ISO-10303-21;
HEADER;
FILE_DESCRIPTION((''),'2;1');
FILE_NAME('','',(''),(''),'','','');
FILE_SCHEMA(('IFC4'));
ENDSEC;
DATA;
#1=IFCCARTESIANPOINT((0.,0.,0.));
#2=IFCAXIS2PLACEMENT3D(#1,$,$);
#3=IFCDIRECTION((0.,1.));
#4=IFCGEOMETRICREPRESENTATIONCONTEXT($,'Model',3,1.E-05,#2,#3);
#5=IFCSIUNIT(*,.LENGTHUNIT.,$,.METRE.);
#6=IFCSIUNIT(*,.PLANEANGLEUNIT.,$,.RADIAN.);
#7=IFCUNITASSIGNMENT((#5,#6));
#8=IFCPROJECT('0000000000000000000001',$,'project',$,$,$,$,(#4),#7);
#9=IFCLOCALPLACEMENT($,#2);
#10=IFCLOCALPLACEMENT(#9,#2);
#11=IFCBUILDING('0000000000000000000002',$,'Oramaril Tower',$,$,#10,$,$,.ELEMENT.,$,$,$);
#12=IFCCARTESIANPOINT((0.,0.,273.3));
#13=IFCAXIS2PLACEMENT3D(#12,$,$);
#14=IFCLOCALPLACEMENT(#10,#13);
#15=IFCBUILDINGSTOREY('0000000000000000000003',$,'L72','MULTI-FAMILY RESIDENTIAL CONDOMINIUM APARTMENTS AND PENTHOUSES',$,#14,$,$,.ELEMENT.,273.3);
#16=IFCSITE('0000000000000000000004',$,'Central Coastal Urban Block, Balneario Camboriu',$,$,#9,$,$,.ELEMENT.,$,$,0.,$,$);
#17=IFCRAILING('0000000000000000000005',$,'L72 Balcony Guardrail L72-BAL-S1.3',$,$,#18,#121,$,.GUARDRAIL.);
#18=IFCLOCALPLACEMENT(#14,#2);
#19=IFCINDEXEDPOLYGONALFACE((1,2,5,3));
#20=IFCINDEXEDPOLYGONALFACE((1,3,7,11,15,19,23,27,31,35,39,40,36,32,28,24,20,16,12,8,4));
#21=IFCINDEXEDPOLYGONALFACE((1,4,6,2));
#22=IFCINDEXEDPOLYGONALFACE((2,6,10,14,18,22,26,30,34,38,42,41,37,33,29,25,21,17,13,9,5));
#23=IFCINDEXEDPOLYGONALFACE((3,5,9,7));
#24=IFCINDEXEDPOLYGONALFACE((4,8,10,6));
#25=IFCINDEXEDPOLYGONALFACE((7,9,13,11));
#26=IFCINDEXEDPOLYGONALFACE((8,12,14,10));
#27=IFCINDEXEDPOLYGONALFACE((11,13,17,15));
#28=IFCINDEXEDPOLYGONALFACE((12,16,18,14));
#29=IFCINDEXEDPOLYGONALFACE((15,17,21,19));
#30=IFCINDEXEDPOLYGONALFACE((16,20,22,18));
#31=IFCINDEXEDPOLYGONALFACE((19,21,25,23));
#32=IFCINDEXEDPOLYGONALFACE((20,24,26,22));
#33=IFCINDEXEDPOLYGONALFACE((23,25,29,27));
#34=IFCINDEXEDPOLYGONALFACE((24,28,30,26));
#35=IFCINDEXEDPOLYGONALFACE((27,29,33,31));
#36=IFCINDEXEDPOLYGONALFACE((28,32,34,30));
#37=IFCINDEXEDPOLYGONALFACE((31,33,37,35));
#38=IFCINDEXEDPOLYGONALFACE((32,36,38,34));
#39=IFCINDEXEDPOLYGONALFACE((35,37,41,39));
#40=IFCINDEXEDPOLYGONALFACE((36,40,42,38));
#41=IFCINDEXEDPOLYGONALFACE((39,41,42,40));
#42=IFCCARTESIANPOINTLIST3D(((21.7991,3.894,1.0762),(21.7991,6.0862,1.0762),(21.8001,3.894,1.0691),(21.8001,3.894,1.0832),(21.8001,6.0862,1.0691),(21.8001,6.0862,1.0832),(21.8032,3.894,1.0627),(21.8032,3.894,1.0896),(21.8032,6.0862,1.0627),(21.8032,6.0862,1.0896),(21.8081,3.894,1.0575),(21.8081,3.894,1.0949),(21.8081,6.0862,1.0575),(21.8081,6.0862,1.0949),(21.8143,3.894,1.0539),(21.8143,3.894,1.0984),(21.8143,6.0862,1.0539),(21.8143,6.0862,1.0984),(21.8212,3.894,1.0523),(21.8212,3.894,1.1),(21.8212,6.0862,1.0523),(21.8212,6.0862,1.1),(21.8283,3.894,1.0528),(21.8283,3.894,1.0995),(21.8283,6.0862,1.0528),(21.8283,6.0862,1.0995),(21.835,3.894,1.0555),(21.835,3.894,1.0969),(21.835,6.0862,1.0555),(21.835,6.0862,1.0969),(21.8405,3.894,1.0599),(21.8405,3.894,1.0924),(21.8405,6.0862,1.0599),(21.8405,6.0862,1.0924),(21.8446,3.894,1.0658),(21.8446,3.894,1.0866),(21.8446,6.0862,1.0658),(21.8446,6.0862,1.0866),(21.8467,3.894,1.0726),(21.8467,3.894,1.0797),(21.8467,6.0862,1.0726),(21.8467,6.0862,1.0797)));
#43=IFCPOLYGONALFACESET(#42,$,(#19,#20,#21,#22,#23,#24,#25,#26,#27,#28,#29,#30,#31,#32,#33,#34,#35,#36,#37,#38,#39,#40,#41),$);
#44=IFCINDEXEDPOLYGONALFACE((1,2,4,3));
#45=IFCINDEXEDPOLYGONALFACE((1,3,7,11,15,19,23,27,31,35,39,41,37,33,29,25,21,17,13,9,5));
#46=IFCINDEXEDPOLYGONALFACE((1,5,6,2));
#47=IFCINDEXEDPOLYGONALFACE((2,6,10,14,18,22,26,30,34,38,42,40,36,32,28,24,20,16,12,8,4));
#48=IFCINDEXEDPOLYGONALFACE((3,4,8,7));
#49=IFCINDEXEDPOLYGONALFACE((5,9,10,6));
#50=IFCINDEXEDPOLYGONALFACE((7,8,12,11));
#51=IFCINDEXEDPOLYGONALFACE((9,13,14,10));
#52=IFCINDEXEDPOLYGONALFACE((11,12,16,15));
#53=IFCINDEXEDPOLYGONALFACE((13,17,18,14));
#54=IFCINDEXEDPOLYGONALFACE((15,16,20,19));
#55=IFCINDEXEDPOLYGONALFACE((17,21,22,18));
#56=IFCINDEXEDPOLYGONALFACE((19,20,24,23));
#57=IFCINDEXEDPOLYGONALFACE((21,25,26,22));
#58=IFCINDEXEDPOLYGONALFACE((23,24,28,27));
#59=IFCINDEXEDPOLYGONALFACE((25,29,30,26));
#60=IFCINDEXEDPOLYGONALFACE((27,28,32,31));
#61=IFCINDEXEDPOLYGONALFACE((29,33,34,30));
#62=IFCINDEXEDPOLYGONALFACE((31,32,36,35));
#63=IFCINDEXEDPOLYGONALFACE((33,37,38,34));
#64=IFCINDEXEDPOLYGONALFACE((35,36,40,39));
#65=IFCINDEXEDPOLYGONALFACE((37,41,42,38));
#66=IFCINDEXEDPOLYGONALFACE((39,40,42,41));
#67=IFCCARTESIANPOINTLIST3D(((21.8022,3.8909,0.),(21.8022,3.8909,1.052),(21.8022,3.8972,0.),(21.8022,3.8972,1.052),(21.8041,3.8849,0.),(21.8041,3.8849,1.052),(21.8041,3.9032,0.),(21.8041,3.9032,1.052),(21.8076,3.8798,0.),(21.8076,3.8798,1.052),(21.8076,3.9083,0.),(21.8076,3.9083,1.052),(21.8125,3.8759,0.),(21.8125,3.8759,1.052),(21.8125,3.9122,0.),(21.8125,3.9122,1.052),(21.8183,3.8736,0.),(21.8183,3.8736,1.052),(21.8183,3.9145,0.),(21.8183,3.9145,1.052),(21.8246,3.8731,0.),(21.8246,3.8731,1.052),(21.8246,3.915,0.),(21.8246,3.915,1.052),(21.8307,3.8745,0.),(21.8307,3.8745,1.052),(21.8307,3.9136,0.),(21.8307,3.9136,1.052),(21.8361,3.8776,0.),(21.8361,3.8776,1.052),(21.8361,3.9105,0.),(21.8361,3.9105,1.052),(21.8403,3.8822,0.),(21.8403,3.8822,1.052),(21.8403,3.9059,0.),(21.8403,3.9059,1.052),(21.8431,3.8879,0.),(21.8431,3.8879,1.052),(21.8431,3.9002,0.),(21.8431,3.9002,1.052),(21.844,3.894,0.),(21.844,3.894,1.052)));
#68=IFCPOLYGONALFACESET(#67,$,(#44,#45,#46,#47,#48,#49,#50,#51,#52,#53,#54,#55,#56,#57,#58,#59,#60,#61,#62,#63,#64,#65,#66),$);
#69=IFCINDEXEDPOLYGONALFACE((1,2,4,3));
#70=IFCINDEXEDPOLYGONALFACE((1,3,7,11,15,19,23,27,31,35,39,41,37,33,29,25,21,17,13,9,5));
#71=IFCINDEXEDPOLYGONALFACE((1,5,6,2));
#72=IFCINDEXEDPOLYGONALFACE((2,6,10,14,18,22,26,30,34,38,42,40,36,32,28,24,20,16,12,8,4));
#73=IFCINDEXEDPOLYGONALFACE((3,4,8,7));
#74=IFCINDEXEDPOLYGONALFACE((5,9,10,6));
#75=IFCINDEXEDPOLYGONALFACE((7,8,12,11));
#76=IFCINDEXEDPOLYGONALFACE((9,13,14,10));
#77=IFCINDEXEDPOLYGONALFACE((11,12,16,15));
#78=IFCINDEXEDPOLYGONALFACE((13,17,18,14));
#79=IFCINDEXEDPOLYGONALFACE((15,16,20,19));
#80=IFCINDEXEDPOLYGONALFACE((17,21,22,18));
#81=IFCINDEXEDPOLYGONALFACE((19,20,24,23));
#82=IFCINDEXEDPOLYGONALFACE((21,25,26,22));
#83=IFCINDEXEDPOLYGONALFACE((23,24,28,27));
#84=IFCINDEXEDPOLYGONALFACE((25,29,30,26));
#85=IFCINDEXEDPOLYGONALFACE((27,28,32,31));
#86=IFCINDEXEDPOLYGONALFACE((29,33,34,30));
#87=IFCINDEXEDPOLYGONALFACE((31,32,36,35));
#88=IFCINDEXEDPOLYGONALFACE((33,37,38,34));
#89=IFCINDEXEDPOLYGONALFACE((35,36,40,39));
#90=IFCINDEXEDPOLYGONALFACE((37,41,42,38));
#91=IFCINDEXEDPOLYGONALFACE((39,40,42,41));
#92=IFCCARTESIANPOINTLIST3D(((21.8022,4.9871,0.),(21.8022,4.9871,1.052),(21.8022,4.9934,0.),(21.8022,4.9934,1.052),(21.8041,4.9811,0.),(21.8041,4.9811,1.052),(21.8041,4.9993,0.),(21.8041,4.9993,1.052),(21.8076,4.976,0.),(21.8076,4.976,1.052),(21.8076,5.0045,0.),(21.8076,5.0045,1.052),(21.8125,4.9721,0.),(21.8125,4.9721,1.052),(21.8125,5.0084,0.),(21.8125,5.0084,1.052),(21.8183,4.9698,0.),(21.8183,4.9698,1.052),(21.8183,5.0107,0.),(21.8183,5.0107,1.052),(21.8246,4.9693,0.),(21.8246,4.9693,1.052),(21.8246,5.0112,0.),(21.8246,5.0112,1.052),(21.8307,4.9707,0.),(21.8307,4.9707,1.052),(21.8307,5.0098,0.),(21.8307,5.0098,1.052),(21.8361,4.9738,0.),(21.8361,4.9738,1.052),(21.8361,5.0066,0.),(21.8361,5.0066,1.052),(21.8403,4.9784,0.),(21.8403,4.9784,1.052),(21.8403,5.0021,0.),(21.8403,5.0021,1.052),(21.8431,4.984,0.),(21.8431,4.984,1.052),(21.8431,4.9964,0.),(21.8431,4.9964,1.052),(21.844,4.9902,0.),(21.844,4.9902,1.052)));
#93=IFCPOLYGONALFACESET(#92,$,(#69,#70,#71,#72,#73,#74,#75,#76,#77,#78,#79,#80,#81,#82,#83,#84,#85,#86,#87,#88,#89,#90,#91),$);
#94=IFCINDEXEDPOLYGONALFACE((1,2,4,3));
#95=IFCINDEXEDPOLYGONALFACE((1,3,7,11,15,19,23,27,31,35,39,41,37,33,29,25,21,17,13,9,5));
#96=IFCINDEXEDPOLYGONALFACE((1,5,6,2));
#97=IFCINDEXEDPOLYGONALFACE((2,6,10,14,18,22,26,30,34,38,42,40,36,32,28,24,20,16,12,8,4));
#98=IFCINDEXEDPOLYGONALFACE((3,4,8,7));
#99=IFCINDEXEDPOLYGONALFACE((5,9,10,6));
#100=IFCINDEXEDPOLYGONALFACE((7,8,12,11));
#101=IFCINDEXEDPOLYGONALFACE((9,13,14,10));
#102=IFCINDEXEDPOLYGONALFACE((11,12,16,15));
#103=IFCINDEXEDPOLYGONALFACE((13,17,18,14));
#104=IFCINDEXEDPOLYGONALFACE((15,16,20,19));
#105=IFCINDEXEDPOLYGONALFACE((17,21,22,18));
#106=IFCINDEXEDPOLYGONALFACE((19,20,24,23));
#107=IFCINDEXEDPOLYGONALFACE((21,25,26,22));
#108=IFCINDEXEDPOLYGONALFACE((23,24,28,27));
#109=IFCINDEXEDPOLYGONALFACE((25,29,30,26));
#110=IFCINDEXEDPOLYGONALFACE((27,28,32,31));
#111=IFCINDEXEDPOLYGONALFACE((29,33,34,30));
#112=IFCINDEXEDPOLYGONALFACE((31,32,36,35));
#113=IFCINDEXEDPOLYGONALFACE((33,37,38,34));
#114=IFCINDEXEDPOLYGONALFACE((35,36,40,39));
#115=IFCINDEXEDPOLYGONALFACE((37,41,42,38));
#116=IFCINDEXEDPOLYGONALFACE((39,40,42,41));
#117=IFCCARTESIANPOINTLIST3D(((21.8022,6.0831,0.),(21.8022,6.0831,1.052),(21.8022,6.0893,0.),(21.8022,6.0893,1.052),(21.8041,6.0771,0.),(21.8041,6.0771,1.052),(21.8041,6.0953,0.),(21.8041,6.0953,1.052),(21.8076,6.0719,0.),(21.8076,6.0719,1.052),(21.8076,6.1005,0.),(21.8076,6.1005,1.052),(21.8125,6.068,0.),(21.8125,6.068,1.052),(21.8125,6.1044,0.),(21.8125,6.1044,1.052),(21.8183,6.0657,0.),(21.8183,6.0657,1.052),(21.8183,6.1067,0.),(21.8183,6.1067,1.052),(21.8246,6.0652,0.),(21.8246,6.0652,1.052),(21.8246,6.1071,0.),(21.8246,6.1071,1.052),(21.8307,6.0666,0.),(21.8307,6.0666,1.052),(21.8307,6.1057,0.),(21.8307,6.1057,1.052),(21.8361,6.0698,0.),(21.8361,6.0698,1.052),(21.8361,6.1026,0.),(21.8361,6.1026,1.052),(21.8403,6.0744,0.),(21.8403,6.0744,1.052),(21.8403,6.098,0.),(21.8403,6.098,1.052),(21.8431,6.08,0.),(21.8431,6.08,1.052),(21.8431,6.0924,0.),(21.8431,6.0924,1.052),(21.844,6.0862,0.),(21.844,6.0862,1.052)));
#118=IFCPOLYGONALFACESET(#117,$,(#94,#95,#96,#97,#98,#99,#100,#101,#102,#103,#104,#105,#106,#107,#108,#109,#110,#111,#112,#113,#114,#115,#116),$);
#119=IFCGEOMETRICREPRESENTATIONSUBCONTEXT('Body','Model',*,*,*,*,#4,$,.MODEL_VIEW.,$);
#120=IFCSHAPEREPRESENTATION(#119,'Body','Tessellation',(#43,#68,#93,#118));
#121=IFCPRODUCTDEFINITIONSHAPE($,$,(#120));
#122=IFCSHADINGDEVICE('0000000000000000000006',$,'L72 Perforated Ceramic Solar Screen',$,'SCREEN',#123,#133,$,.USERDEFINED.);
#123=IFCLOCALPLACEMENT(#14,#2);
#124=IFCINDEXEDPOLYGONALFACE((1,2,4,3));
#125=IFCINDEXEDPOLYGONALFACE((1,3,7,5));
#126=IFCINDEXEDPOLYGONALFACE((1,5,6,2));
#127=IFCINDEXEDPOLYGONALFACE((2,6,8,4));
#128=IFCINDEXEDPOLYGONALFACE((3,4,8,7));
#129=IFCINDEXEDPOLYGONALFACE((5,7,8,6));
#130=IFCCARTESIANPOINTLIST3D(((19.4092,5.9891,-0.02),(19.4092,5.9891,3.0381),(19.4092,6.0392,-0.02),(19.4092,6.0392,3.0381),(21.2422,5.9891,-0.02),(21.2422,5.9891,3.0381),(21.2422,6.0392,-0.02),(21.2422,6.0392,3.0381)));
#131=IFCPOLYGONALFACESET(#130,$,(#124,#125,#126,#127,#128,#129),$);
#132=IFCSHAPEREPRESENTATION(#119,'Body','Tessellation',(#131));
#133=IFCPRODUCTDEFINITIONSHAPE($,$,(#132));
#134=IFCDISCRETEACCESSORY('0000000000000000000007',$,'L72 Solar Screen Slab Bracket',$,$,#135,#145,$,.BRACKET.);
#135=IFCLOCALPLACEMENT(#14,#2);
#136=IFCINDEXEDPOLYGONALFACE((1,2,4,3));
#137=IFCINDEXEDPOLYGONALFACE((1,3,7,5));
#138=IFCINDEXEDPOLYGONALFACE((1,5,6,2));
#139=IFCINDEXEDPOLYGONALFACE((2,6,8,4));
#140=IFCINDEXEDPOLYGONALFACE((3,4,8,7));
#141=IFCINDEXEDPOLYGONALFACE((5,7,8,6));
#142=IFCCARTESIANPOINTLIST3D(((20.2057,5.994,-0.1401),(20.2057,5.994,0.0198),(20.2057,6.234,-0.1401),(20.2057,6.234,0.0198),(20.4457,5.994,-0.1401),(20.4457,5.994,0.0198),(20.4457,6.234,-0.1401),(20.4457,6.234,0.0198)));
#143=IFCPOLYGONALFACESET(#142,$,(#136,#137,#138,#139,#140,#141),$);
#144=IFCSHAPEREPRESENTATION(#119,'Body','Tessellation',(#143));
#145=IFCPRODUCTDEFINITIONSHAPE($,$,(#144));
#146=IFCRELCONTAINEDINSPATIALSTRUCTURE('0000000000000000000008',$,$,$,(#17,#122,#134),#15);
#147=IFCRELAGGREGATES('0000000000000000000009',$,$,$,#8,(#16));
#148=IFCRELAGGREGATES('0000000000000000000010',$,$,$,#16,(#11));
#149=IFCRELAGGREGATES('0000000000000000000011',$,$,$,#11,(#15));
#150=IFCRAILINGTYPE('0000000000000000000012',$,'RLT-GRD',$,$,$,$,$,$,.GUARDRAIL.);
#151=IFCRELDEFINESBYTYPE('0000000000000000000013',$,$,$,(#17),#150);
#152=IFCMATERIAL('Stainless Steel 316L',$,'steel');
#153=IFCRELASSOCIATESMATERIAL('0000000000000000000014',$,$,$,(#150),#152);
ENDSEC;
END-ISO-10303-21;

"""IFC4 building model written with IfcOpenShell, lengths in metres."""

from ifc_helpers import new_model, si_unit, direction, frame, origin, origin_2d, place, context, subcontext, project, spatial, rectangle, circle, extrude, material, type_object, element, save


model = new_model("IFC4")

# Units and contexts
model_context = context("Model", 3, precision=1e-05, world=origin(), true_north=direction((0.0, 1.0)))
body_context = subcontext(model_context, "Body", "Model", "MODEL_VIEW")
ifc_project = project(units=[si_unit("LENGTHUNIT", "METRE"), si_unit("PLANEANGLEUNIT", "RADIAN")], contexts=[model_context])

# Site, building, storey
site_placement = place(None, origin())
site = spatial("IfcSite", under=ifc_project, at=site_placement, Name="Central Coastal Urban Block, Balneario Camboriu", CompositionType="ELEMENT", RefElevation=0.0)
building_placement = place(site_placement, origin())
building = spatial("IfcBuilding", under=site, at=building_placement, Name="Oramaril Tower", CompositionType="ELEMENT")
storey_placement = place(building_placement, frame((0.0, 0.0, 273.3)))
storey = spatial("IfcBuildingStorey", under=building, at=storey_placement, Name="L72", Description="MULTI-FAMILY RESIDENTIAL CONDOMINIUM APARTMENTS AND PENTHOUSES", CompositionType="ELEMENT", Elevation=273.3)

# Railing
ifc_material_1 = material(Name="Stainless Steel 316L", Category="steel")
railing_type = type_object("IfcRailingType", Name="RLT-GRD", PredefinedType="GUARDRAIL", material=ifc_material_1)
railing_placement = place(storey_placement, frame((21.823, 3.894, 0.0)))
element("IfcRailing", 1, at=railing_placement, inside=storey, type_object=railing_type, Name="L72 Balcony Guardrail L72-BAL-S1.3", PredefinedType="GUARDRAIL", context=body_context, shape_type="SweptSolid", body=[
    extrude(circle(Radius=0.0239, at=origin_2d()), frame((0.0, 0.0, 1.0762), z_axis=(0.0, 1.0, 0.0), x_axis=(-1.0, 0.0, 0.0)), (0.0, 0.0, 1.0), 2.1921),
    extrude(circle(Radius=0.021, at=origin_2d()), origin(), (0.0, 0.0, 1.0), 1.052),
    extrude(circle(Radius=0.021, at=origin_2d()), frame((0.0, 1.0962, 0.0)), (0.0, 0.0, 1.0), 1.052),
    extrude(circle(Radius=0.021, at=origin_2d()), frame((0.0, 2.1921, 0.0)), (0.0, 0.0, 1.0), 1.052),
])

# Shading device
shading_device_placement = place(storey_placement, frame((20.3257, 6.0142, -0.02), z_axis=(0.0, 0.0, 1.0), x_axis=(1.0, 0.0, 0.0)))
element("IfcShadingDevice", 2, at=shading_device_placement, inside=storey, Name="L72 Perforated Ceramic Solar Screen", ObjectType="SCREEN", PredefinedType="USERDEFINED", context=body_context, shape_type="SweptSolid", body=[
    extrude(rectangle(XDim=1.833, YDim=0.05, at=origin_2d()), origin(), (0.0, 0.0, 1.0), 3.0581),
])

# Discrete accessory
discrete_accessory_placement = place(storey_placement, frame((20.3257, 6.114, -0.1401), z_axis=(0.0, 0.0, 1.0), x_axis=(1.0, 0.0, 0.0)))
element("IfcDiscreteAccessory", 3, at=discrete_accessory_placement, inside=storey, Name="L72 Solar Screen Slab Bracket", PredefinedType="BRACKET", context=body_context, shape_type="SweptSolid", body=[
    extrude(rectangle(XDim=0.24, YDim=0.24, at=origin_2d()), origin(), (0.0, 0.0, 1.0), 0.1599),
])

save(model, "model.ifc")
